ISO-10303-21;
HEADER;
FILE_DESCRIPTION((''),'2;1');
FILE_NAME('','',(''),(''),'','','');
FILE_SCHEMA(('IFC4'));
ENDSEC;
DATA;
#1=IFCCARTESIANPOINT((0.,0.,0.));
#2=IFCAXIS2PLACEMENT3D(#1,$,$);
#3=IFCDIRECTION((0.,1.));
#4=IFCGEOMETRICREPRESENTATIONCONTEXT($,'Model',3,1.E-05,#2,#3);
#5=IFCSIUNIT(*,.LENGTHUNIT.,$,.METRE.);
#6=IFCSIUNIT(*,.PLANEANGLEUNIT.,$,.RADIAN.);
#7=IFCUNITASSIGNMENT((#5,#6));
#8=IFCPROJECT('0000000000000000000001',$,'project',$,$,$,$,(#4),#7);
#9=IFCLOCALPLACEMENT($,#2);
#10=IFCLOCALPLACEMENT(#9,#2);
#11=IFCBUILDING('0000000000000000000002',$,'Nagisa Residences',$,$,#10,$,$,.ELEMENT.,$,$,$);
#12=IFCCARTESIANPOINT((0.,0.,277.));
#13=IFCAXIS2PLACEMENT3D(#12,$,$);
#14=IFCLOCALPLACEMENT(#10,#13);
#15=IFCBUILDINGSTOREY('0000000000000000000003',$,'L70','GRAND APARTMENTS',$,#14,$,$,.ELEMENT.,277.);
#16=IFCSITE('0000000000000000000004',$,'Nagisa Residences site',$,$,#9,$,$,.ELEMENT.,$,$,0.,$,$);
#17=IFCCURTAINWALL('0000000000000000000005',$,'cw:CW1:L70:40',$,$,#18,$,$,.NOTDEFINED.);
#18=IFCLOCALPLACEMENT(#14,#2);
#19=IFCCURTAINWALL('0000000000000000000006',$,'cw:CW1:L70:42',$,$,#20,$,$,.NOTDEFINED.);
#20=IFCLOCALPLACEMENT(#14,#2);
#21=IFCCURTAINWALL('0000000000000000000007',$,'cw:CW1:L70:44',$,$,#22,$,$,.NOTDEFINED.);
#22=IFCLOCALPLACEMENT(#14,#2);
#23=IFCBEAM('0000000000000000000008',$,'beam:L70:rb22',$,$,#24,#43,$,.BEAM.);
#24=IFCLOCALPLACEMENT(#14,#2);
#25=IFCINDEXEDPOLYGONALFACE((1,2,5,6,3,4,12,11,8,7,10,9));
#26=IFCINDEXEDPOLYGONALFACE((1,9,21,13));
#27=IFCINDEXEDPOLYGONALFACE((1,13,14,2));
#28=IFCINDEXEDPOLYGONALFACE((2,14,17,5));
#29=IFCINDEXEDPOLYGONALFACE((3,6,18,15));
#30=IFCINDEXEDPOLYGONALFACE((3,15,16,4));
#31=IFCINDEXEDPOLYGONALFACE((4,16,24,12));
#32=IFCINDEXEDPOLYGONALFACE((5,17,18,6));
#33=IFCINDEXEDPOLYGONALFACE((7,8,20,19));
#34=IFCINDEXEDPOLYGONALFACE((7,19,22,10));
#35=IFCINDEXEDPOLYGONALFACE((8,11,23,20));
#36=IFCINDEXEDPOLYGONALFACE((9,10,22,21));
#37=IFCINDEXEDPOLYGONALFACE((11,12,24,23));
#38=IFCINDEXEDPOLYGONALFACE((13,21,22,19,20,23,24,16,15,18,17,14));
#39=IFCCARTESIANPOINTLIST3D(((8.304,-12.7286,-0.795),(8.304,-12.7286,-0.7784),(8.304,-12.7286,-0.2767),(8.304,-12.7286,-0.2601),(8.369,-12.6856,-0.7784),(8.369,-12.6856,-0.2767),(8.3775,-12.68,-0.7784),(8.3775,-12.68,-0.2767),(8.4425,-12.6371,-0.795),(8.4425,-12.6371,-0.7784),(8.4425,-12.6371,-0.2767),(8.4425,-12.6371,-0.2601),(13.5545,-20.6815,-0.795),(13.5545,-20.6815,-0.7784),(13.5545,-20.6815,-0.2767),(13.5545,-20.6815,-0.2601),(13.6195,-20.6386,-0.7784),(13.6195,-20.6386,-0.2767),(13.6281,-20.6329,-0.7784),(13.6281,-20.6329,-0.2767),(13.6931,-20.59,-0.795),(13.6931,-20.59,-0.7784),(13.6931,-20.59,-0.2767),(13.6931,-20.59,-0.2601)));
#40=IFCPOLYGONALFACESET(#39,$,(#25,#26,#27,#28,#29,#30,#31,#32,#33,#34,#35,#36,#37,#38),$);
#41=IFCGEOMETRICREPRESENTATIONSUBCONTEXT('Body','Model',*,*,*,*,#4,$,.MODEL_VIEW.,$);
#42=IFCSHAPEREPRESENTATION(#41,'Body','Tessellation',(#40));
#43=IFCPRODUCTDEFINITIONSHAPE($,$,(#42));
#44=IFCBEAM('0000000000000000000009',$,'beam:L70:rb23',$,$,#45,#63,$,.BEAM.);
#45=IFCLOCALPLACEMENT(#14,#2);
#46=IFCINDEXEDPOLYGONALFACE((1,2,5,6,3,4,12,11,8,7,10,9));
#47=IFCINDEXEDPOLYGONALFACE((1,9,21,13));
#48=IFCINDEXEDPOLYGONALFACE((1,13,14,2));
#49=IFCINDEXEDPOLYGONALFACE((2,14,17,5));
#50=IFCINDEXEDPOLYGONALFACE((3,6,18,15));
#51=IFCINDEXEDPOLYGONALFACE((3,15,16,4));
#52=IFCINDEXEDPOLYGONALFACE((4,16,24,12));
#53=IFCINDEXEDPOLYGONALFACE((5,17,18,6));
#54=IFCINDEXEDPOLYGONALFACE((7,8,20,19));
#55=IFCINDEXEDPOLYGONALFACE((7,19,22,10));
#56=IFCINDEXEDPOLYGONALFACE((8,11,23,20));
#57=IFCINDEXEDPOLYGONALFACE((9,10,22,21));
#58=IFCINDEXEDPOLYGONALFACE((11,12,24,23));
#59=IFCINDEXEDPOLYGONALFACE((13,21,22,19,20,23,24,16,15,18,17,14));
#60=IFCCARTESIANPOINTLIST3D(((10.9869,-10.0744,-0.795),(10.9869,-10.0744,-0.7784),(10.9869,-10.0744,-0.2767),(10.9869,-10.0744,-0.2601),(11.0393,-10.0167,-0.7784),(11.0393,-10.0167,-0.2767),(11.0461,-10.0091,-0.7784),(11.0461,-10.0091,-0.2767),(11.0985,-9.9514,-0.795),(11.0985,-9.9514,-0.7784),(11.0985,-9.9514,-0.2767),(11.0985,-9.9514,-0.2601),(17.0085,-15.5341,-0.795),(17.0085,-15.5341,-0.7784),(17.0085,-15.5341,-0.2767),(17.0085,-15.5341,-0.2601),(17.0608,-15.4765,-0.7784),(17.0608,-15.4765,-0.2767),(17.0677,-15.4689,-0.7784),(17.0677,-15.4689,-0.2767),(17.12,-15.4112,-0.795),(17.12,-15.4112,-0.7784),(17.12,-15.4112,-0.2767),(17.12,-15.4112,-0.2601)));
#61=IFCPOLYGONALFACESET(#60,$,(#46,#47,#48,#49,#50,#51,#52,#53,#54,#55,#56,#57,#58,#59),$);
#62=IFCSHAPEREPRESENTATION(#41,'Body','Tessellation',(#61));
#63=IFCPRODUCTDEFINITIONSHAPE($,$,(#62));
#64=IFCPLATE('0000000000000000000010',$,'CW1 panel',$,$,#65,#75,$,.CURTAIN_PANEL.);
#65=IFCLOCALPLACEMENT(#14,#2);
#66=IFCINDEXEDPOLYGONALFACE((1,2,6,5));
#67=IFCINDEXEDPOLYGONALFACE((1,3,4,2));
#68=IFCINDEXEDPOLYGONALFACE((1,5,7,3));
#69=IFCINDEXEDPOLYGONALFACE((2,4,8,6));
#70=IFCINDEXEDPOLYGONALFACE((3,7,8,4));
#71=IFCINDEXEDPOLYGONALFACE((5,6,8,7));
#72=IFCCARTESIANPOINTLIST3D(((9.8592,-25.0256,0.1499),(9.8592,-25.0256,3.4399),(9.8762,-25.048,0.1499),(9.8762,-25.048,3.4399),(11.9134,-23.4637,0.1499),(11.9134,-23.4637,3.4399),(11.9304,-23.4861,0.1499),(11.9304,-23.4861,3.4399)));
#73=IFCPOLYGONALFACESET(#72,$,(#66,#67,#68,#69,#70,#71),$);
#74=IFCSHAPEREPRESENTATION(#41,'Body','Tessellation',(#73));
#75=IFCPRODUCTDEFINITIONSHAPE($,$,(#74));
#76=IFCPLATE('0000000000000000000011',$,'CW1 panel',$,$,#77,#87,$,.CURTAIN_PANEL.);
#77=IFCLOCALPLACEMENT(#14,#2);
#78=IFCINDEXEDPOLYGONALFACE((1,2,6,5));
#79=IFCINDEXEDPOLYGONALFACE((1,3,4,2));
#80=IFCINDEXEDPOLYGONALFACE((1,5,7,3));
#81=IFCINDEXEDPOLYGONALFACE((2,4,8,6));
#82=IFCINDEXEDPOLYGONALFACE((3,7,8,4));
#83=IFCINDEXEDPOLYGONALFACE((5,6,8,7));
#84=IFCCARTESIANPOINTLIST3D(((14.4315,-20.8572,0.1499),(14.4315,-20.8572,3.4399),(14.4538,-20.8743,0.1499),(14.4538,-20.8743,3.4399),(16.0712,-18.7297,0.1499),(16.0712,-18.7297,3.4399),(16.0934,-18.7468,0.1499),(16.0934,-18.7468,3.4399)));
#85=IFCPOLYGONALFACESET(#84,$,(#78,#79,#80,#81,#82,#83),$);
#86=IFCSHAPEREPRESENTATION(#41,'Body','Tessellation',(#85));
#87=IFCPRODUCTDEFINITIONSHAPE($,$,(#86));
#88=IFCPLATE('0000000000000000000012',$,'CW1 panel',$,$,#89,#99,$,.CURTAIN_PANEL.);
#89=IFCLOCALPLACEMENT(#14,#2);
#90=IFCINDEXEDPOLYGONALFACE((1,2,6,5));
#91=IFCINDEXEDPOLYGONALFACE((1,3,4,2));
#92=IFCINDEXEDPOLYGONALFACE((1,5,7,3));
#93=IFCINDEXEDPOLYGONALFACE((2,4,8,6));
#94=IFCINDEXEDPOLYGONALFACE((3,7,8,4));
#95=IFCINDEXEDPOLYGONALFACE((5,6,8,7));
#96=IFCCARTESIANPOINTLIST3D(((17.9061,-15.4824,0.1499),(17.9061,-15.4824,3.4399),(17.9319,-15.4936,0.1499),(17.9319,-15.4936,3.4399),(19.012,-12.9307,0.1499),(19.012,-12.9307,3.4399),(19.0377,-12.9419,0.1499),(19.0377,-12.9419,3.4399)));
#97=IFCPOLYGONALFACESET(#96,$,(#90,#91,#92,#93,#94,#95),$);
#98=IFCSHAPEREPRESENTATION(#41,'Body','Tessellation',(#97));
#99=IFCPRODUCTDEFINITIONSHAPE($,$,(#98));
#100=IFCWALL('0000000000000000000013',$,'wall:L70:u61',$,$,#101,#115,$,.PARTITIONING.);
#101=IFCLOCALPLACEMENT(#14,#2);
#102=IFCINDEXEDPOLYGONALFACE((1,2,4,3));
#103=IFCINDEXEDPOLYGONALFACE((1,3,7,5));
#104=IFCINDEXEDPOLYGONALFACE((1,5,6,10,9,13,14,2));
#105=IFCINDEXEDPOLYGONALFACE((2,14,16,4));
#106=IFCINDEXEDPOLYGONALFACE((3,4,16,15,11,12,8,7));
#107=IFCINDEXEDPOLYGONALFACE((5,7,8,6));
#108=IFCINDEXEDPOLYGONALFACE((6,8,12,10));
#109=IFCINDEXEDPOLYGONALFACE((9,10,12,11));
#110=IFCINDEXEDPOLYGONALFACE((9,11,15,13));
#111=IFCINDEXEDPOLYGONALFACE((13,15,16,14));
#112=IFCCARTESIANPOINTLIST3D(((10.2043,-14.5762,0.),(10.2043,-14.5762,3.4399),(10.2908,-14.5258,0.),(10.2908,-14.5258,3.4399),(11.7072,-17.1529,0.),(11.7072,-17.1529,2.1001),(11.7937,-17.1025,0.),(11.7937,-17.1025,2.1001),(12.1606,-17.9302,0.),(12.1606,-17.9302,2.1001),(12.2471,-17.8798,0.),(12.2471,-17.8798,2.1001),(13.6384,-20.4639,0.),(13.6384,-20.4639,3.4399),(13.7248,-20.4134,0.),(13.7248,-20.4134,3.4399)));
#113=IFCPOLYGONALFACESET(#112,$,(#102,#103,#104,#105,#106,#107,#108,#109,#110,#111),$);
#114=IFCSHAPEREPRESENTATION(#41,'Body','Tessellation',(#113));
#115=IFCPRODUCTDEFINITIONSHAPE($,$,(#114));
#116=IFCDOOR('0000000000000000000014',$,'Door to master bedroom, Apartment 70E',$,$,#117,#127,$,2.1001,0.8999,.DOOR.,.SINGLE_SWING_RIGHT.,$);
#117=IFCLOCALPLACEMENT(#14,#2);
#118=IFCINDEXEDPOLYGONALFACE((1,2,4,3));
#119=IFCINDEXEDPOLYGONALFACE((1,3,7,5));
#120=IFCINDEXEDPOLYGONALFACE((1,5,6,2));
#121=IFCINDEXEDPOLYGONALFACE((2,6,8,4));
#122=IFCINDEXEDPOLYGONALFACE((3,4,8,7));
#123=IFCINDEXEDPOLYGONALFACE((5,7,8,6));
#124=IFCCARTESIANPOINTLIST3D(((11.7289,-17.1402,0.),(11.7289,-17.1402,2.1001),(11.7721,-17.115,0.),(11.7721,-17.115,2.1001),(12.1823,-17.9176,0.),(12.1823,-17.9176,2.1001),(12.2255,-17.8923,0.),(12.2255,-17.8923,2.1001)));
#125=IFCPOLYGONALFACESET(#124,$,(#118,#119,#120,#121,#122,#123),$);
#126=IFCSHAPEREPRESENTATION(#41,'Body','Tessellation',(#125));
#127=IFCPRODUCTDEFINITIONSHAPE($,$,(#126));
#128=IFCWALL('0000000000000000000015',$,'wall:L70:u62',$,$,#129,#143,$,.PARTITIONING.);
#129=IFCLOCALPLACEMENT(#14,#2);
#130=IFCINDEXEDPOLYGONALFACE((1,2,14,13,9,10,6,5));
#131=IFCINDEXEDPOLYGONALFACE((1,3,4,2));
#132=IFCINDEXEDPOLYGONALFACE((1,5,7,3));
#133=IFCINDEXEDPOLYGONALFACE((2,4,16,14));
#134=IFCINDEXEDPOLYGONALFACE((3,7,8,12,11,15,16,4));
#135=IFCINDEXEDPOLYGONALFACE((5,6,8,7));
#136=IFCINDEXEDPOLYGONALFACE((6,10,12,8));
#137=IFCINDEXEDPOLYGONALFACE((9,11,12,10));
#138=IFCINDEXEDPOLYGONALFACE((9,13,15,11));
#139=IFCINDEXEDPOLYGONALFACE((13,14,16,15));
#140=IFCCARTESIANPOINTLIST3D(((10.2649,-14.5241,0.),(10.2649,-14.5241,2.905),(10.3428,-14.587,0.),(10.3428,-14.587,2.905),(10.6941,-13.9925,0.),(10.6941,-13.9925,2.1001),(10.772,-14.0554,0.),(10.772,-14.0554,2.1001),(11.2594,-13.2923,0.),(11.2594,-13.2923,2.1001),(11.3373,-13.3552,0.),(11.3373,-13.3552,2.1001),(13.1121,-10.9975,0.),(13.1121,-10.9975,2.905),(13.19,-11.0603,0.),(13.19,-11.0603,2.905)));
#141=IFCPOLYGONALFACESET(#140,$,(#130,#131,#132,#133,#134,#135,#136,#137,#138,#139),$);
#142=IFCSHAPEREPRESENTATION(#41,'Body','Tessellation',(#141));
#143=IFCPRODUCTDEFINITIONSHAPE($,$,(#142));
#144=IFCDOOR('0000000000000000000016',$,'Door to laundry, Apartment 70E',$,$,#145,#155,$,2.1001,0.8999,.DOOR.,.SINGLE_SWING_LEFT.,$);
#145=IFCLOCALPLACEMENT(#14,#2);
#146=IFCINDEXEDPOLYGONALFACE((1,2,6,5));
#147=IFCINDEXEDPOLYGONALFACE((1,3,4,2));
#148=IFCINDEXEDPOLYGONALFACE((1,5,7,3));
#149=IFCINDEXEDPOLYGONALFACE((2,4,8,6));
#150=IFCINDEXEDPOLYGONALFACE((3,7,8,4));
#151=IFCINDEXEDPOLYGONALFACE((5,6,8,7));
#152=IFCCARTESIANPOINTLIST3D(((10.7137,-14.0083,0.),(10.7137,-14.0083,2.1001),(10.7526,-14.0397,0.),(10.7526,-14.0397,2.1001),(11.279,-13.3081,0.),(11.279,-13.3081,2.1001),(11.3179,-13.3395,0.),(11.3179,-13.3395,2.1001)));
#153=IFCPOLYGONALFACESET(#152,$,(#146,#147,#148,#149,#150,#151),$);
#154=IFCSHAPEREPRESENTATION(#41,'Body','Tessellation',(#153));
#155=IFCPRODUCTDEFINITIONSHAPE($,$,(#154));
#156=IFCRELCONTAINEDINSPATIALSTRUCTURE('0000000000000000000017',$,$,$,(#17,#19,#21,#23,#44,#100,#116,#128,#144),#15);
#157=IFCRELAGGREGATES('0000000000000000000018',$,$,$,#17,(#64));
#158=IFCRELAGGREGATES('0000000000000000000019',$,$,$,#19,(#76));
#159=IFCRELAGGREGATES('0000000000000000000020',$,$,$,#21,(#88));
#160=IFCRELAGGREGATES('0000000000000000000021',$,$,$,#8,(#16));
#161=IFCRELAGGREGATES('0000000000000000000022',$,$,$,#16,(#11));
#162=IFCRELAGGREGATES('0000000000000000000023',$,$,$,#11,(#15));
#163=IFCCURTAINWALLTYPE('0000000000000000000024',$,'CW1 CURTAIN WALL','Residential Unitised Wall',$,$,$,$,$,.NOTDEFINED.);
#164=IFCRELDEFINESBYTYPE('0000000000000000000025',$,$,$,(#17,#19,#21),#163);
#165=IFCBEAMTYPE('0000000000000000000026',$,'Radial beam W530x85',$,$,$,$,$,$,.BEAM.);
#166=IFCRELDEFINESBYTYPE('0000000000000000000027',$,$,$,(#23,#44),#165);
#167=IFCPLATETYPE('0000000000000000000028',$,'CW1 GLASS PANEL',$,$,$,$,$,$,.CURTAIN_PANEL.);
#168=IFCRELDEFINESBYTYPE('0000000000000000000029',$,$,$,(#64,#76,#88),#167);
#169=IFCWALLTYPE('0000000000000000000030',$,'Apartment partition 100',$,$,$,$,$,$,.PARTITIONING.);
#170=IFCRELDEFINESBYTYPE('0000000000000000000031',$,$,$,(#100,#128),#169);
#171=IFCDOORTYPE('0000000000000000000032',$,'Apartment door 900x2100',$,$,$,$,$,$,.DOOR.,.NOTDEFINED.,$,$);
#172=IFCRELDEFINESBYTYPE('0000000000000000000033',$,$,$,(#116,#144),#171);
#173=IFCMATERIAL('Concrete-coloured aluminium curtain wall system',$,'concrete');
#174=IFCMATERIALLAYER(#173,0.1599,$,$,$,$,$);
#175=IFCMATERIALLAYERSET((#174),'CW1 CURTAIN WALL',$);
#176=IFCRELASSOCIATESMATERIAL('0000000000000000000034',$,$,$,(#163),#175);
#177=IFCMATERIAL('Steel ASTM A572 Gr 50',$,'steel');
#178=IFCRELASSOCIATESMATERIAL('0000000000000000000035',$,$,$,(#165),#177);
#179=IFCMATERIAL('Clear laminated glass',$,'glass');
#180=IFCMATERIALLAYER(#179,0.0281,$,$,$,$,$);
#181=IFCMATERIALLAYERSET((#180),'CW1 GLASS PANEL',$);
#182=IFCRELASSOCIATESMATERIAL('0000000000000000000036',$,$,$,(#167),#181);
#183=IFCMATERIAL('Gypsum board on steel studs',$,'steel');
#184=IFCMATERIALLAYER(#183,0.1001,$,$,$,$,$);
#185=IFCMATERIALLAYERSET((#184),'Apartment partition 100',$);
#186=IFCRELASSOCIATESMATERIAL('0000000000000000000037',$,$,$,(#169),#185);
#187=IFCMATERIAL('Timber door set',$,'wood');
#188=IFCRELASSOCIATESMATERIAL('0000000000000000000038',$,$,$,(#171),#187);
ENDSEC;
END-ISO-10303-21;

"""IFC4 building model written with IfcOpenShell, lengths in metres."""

from ifc_helpers import new_model, si_unit, direction, frame, frame_2d, origin, origin_2d, place, context, subcontext, project, spatial, rectangle, i_section, extrude, material, layer, layer_set, material_profile, profile_set, type_object, element, fill, aggregate, save


model = new_model("IFC4")

# Units and contexts
model_context = context("Model", 3, precision=1e-05, world=origin(), true_north=direction((0.0, 1.0)))
body_context = subcontext(model_context, "Body", "Model", "MODEL_VIEW")
ifc_project = project(units=[si_unit("LENGTHUNIT", "METRE"), si_unit("PLANEANGLEUNIT", "RADIAN")], contexts=[model_context])

# Site, building, storey
site_placement = place(None, origin())
site = spatial("IfcSite", under=ifc_project, at=site_placement, Name="Nagisa Residences site", CompositionType="ELEMENT", RefElevation=0.0)
building_placement = place(site_placement, origin())
building = spatial("IfcBuilding", under=site, at=building_placement, Name="Nagisa Residences", CompositionType="ELEMENT")
storey_placement = place(building_placement, frame((0.0, 0.0, 277.0)))
storey = spatial("IfcBuildingStorey", under=building, at=storey_placement, Name="L70", Description="GRAND APARTMENTS", CompositionType="ELEMENT", Elevation=277.0)

# Curtain walls
ifc_material_1 = material(Name="Concrete-coloured aluminium curtain wall system", Category="concrete")
ifc_layer_1 = layer(ifc_material_1, 0.1599)
ifc_layer_set_1 = layer_set([ifc_layer_1], Name="CW1 CURTAIN WALL")
curtain_wall_type = type_object("IfcCurtainWallType", Name="CW1 CURTAIN WALL", Description="Residential Unitised Wall", PredefinedType="NOTDEFINED", material=ifc_layer_set_1)
curtain_wall_1_placement = place(storey_placement, origin())
curtain_wall_1 = element("IfcCurtainWall", 1, at=curtain_wall_1_placement, inside=storey, type_object=curtain_wall_type, Name="cw:CW1:L70:40", PredefinedType="NOTDEFINED")
curtain_wall_2_placement = place(storey_placement, origin())
curtain_wall_2 = element("IfcCurtainWall", 2, at=curtain_wall_2_placement, inside=storey, type_object=curtain_wall_type, Name="cw:CW1:L70:42", PredefinedType="NOTDEFINED")
curtain_wall_3_placement = place(storey_placement, origin())
curtain_wall_3 = element("IfcCurtainWall", 3, at=curtain_wall_3_placement, inside=storey, type_object=curtain_wall_type, Name="cw:CW1:L70:44", PredefinedType="NOTDEFINED")

# Beams
ifc_material_2 = material(Name="Steel ASTM A572 Gr 50", Category="steel")
ifc_material_profile_1 = material_profile(ifc_material_2, i_section(OverallWidth=0.166, OverallDepth=0.5349, WebThickness=0.0103, FlangeThickness=0.0166, at=origin_2d()), Name="W530x85")
ifc_profile_set_1 = profile_set([ifc_material_profile_1], Name="Steel ASTM A572 Gr 50")
beam_type_1 = type_object("IfcBeamType", Name="Radial beam W530x85", PredefinedType="BEAM", material=ifc_profile_set_1)
beam_1_placement = place(storey_placement, frame((13.6238, -20.6357, -0.5276), z_axis=(-0.550958, 0.834533, 0.0), x_axis=(-0.834533, -0.550958, 0.0)))
element("IfcBeam", 4, at=beam_1_placement, inside=storey, type_object=beam_type_1, Name="beam:L70:rb22", PredefinedType="BEAM", context=body_context, shape_type="SweptSolid", body=[
    extrude(i_section(OverallWidth=0.166, OverallDepth=0.5349, WebThickness=0.0103, FlangeThickness=0.0166, at=origin_2d()), origin(), (0.0, 0.0, 1.0), 9.5298),
])
beam_2_placement = place(storey_placement, frame((17.0642, -15.4727, -0.5276), z_axis=(-0.740819, 0.671705, 0.0), x_axis=(-0.671705, -0.740819, 0.0)))
element("IfcBeam", 5, at=beam_2_placement, inside=storey, type_object=beam_type_1, Name="beam:L70:rb23", PredefinedType="BEAM", context=body_context, shape_type="SweptSolid", body=[
    extrude(i_section(OverallWidth=0.166, OverallDepth=0.5349, WebThickness=0.0103, FlangeThickness=0.0166, at=origin_2d()), origin(), (0.0, 0.0, 1.0), 8.1282),
])

# Plates
ifc_material_3 = material(Name="Clear laminated glass", Category="glass")
ifc_layer_2 = layer(ifc_material_3, 0.0281)
ifc_layer_set_2 = layer_set([ifc_layer_2], Name="CW1 GLASS PANEL")
plate_type = type_object("IfcPlateType", Name="CW1 GLASS PANEL", PredefinedType="CURTAIN_PANEL", material=ifc_layer_set_2)
plate_1_placement = place(storey_placement, frame((10.8948, -24.2559, 0.1499), z_axis=(0.0, 0.0, 1.0), x_axis=(0.796031, 0.605255, 0.0)))
plate_1 = element("IfcPlate", 6, at=plate_1_placement, type_object=plate_type, Name="CW1 panel", PredefinedType="CURTAIN_PANEL", context=body_context, shape_type="SweptSolid", body=[
    extrude(rectangle(XDim=2.5806, YDim=0.0281, at=origin_2d()), origin(), (0.0, 0.0, 1.0), 3.29),
])
aggregate(curtain_wall_1, [plate_1])
plate_2_placement = place(storey_placement, frame((15.2625, -19.802, 0.1499), z_axis=(0.0, 0.0, 1.0), x_axis=(0.61043, 0.79207, 0.0)))
plate_2 = element("IfcPlate", 7, at=plate_2_placement, type_object=plate_type, Name="CW1 panel", PredefinedType="CURTAIN_PANEL", context=body_context, shape_type="SweptSolid", body=[
    extrude(rectangle(XDim=2.686, YDim=0.0281, at=origin_2d()), origin(), (0.0, 0.0, 1.0), 3.29),
])
aggregate(curtain_wall_2, [plate_2])
plate_3_placement = place(storey_placement, frame((18.4719, -14.2122, 0.1499), z_axis=(0.0, 0.0, 1.0), x_axis=(0.397636, 0.917543, 0.0)))
plate_3 = element("IfcPlate", 8, at=plate_3_placement, type_object=plate_type, Name="CW1 panel", PredefinedType="CURTAIN_PANEL", context=body_context, shape_type="SweptSolid", body=[
    extrude(rectangle(XDim=2.781, YDim=0.0281, at=origin_2d()), origin(), (0.0, 0.0, 1.0), 3.29),
])
aggregate(curtain_wall_3, [plate_3])

# Walls, openings, doors
ifc_material_4 = material(Name="Gypsum board on steel studs", Category="steel")
ifc_layer_3 = layer(ifc_material_4, 0.1001)
ifc_layer_set_3 = layer_set([ifc_layer_3], Name="Apartment partition 100")
wall_type_1 = type_object("IfcWallType", Name="Apartment partition 100", PredefinedType="PARTITIONING", material=ifc_layer_set_3)
wall_1_placement = place(storey_placement, frame((10.2476, -14.551, 0.0), z_axis=(0.0, 0.0, 1.0), x_axis=(0.503826, -0.863805, 0.0)))
wall_1 = element("IfcWall", 9, at=wall_1_placement, inside=storey, type_object=wall_type_1, Name="wall:L70:u61", PredefinedType="PARTITIONING", context=body_context, shape_type="SweptSolid", body=[
    extrude(rectangle(XDim=6.8159, YDim=0.1001, at=frame_2d((3.408, 0.0))), origin(), (0.0, 0.0, 1.0), 3.4399),
])
opening_1_placement = place(wall_1_placement, frame((2.9829, 0.0, 0.0)))
opening_1 = element("IfcOpeningElement", 10, at=opening_1_placement, cuts=wall_1, PredefinedType="OPENING", context=body_context, shape_type="SweptSolid", body=[
    extrude(rectangle(XDim=0.8999, YDim=2.1001, at=frame_2d((0.45, 1.05))), frame((0.0, 0.0601, 0.0), z_axis=(0.0, -1.0, 0.0), x_axis=(1.0, 0.0, 0.0)), (0.0, 0.0, 1.0), 0.1201),
])
ifc_material_5 = material(Name="Timber door set", Category="wood")
door_type_1 = type_object("IfcDoorType", Name="Apartment door 900x2100", OperationType="NOTDEFINED", PredefinedType="DOOR", material=ifc_material_5)
door_1_placement = place(opening_1_placement, frame((0.8999, 0.0, 0.0), x_axis=(-1.0, 0.0, 0.0)))
door_1 = element("IfcDoor", 11, at=door_1_placement, inside=storey, type_object=door_type_1, Name="Door to master bedroom, Apartment 70E", OperationType="SINGLE_SWING_RIGHT", OverallHeight=2.1001, OverallWidth=0.8999, PredefinedType="DOOR", context=body_context, shape_type="SweptSolid", body=[
    extrude(rectangle(XDim=0.8999, YDim=2.1001, at=frame_2d((0.45, 1.05))), frame((0.0, 0.0249, 0.0), z_axis=(0.0, -1.0, 0.0), x_axis=(1.0, 0.0, 0.0)), (0.0, 0.0, 1.0), 0.05),
])
fill(opening_1, door_1)
wall_2_placement = place(storey_placement, frame((10.304, -14.5554, 0.0), z_axis=(0.0, 0.0, 1.0), x_axis=(0.62817, 0.778076, 0.0)))
wall_2 = element("IfcWall", 12, at=wall_2_placement, inside=storey, type_object=wall_type_1, Name="wall:L70:u62", PredefinedType="PARTITIONING", context=body_context, shape_type="SweptSolid", body=[
    extrude(rectangle(XDim=4.5325, YDim=0.1001, at=frame_2d((2.2661, 0.0))), origin(), (0.0, 0.0, 1.0), 2.905),
])
opening_2_placement = place(wall_2_placement, frame((0.6831, 0.0, 0.0)))
opening_2 = element("IfcOpeningElement", 13, at=opening_2_placement, cuts=wall_2, PredefinedType="OPENING", context=body_context, shape_type="SweptSolid", body=[
    extrude(rectangle(XDim=0.8999, YDim=2.1001, at=frame_2d((0.45, 1.05))), frame((0.0, 0.0601, 0.0), z_axis=(0.0, -1.0, 0.0), x_axis=(1.0, 0.0, 0.0)), (0.0, 0.0, 1.0), 0.1201),
])
door_2_placement = place(opening_2_placement, origin())
door_2 = element("IfcDoor", 14, at=door_2_placement, inside=storey, type_object=door_type_1, Name="Door to laundry, Apartment 70E", OperationType="SINGLE_SWING_LEFT", OverallHeight=2.1001, OverallWidth=0.8999, PredefinedType="DOOR", context=body_context, shape_type="SweptSolid", body=[
    extrude(rectangle(XDim=0.8999, YDim=2.1001, at=frame_2d((0.45, 1.05))), frame((0.0, 0.0249, 0.0), z_axis=(0.0, -1.0, 0.0), x_axis=(1.0, 0.0, 0.0)), (0.0, 0.0, 1.0), 0.05),
])
fill(opening_2, door_2)

save(model, "model.ifc")
